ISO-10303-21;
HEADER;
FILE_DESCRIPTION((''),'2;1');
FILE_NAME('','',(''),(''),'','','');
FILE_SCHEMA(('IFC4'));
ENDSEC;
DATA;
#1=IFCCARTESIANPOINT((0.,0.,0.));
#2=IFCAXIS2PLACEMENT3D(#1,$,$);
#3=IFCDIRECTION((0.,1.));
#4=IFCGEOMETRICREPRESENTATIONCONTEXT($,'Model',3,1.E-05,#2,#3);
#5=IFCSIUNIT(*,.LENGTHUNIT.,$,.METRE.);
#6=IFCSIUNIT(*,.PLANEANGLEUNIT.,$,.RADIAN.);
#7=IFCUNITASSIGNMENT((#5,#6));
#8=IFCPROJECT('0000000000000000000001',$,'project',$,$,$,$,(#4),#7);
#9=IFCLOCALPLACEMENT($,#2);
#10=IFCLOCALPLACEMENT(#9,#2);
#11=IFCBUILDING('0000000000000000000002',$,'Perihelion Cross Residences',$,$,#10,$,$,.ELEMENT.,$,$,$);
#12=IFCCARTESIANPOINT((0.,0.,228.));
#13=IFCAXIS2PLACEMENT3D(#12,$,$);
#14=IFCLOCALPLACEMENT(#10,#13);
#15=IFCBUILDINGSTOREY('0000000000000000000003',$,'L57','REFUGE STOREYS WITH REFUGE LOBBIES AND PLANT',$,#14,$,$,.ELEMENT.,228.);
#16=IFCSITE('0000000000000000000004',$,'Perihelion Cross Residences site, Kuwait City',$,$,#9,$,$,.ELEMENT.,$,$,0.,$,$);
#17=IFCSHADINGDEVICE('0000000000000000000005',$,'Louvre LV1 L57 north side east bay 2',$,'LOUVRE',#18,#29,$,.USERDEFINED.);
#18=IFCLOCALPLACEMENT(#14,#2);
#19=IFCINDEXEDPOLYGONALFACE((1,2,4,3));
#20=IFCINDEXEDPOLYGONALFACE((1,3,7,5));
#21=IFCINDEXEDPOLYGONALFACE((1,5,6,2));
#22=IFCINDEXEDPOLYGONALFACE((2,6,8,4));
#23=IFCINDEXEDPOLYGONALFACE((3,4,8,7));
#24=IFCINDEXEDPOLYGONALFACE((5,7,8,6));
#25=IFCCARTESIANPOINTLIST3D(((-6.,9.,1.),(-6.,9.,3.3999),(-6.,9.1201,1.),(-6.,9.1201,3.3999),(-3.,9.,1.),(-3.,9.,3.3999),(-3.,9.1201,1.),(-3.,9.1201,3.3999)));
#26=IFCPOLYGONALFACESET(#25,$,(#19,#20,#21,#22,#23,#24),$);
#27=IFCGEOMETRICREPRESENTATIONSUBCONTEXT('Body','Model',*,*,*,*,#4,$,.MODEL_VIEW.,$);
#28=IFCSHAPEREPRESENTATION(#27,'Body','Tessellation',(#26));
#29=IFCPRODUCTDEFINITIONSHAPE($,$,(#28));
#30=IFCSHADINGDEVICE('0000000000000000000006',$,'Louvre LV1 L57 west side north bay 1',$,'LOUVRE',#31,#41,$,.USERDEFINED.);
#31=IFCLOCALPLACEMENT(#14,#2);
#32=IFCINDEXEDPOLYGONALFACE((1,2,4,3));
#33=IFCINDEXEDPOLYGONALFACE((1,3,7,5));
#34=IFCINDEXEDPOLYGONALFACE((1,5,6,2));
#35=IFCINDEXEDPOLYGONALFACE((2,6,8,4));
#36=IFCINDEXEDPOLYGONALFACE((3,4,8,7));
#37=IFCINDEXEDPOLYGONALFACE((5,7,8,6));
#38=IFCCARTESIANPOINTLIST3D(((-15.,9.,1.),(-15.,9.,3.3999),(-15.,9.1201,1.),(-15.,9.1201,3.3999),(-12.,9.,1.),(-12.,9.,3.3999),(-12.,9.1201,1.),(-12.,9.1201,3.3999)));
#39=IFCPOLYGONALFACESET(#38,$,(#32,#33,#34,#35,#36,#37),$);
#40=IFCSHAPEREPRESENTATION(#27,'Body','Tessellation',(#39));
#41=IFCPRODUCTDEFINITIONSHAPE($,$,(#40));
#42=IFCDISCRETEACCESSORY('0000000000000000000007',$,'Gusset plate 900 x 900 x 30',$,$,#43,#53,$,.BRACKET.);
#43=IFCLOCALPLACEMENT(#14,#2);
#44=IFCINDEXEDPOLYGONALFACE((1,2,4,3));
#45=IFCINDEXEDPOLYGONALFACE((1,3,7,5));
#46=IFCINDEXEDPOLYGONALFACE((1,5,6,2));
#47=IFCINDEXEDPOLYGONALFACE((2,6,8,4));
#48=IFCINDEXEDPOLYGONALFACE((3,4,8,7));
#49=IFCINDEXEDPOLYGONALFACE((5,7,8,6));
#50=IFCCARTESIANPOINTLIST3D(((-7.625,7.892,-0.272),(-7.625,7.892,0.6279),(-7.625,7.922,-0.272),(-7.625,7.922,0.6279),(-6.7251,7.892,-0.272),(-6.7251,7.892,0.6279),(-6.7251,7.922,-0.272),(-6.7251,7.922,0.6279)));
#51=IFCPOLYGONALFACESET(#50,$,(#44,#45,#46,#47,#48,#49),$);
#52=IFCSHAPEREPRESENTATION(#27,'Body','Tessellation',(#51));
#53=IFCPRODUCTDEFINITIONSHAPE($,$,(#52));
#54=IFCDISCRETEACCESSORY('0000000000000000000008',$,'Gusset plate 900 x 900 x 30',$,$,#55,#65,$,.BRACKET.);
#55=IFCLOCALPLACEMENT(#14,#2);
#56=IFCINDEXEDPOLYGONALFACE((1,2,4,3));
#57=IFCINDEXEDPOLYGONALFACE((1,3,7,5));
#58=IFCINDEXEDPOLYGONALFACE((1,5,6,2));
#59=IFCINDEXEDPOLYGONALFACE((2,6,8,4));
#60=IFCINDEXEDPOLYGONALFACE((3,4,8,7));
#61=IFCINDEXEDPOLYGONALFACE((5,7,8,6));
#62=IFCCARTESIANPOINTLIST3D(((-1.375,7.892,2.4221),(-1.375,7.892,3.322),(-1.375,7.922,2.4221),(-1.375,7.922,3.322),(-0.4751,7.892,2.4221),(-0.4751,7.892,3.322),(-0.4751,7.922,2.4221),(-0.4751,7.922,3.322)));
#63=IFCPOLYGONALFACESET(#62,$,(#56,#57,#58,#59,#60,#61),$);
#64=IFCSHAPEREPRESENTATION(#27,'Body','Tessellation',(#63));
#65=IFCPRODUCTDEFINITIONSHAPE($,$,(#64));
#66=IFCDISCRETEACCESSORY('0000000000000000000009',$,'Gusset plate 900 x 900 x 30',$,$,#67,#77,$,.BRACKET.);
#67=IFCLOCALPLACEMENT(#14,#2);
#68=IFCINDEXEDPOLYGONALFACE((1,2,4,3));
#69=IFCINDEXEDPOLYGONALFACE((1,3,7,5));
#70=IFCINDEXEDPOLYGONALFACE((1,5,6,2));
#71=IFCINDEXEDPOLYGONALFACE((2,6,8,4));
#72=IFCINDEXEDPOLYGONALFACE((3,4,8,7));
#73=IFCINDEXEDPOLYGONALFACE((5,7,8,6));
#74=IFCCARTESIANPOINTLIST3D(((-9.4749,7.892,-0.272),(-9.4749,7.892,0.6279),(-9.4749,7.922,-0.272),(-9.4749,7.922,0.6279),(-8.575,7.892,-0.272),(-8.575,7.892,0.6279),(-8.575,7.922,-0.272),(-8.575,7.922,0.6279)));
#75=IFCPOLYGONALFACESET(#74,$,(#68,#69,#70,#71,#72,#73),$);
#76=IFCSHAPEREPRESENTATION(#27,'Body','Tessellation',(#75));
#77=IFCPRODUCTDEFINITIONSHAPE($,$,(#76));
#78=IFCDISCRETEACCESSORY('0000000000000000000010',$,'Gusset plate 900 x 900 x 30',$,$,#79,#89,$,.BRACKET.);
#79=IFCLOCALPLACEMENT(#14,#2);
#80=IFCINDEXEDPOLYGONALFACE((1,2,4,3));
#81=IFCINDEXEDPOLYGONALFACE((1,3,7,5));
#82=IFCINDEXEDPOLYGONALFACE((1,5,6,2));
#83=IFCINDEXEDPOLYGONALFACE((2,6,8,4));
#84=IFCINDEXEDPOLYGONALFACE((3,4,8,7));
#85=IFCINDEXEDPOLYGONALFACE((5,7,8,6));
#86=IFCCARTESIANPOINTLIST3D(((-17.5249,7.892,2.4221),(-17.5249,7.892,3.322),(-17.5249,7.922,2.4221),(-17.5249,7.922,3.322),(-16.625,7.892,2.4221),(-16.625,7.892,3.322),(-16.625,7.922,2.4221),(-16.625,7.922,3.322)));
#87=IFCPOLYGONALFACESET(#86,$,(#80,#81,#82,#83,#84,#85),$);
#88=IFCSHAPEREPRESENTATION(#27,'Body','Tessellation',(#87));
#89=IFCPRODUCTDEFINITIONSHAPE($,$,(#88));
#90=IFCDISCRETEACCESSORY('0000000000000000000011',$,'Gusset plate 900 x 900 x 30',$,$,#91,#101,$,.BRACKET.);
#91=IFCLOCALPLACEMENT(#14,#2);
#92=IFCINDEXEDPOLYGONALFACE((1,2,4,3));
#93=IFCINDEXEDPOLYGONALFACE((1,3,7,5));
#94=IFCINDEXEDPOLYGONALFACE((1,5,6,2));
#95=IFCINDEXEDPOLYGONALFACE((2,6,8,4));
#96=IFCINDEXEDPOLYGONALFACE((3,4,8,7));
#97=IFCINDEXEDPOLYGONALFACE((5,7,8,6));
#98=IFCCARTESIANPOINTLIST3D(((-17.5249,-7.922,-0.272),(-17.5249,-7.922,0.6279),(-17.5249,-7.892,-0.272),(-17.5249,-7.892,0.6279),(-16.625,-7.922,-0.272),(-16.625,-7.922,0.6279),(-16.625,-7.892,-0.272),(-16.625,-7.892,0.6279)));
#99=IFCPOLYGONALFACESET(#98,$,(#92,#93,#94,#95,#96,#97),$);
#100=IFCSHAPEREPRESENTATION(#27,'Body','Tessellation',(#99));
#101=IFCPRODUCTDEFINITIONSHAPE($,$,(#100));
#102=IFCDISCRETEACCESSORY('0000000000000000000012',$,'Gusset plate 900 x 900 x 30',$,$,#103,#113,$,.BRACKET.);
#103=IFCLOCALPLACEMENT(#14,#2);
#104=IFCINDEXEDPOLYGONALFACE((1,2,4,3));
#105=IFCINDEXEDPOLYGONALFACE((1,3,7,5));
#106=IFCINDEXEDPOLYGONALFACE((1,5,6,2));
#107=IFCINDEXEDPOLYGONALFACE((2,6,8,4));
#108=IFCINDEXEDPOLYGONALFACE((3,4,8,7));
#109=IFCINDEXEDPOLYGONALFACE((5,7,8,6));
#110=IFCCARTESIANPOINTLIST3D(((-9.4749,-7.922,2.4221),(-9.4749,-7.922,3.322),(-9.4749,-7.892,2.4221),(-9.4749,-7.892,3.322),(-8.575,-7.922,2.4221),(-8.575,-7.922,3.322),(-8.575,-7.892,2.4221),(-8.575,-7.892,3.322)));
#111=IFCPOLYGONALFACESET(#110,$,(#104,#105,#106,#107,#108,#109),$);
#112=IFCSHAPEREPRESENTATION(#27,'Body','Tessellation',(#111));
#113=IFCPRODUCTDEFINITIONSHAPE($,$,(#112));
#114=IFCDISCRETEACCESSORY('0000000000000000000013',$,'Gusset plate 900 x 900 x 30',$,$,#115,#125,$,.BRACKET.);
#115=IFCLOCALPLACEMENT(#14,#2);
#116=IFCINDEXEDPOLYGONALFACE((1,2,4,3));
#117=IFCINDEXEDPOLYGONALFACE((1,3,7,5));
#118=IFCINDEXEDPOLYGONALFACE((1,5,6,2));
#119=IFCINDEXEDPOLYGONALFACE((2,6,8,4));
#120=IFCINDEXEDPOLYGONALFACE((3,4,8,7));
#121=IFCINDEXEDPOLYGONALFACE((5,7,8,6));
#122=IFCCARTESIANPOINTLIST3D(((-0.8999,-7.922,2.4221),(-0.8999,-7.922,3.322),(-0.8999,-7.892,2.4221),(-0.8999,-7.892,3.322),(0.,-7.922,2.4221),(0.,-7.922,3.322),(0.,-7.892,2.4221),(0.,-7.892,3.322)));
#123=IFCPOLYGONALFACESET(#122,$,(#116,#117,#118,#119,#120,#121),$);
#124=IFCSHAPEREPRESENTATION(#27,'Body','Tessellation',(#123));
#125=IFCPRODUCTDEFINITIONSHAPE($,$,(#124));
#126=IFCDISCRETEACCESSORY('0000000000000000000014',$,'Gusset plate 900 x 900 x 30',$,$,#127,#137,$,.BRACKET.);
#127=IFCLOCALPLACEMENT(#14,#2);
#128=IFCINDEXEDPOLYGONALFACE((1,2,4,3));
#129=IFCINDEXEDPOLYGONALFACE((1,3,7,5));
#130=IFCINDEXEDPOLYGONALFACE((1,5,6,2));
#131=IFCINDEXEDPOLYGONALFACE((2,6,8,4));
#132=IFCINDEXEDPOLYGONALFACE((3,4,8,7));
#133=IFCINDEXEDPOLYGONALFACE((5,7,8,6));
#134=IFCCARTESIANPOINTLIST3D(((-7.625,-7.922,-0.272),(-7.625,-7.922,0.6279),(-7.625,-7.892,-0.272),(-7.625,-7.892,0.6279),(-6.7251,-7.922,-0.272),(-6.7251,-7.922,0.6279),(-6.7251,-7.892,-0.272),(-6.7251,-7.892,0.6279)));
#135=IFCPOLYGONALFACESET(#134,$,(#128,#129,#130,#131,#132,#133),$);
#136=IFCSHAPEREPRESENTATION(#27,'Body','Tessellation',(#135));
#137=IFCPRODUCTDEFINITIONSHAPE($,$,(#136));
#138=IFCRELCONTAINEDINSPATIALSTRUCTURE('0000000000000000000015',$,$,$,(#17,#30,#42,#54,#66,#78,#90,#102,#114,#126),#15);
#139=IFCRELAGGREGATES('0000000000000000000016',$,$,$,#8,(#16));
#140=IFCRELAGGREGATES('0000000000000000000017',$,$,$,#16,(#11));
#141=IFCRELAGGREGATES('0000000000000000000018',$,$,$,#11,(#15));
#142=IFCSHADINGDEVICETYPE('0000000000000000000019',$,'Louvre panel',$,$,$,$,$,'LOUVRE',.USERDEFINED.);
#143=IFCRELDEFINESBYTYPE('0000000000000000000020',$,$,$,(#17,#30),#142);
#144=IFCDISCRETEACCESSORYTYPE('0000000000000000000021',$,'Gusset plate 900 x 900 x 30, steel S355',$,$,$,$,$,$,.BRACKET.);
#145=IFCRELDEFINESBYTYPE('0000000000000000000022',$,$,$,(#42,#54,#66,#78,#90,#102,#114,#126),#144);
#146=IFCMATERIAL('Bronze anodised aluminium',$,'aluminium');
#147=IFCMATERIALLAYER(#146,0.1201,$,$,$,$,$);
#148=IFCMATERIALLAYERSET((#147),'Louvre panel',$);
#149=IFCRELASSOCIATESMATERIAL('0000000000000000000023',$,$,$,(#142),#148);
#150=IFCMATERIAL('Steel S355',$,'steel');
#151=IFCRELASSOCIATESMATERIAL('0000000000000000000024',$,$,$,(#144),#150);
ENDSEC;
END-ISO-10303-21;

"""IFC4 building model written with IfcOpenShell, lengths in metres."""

from ifc_helpers import new_model, si_unit, direction, frame, origin, origin_2d, place, context, subcontext, project, spatial, rectangle, extrude, material, layer, layer_set, type_object, element, save


model = new_model("IFC4")

# Units and contexts
model_context = context("Model", 3, precision=1e-05, world=origin(), true_north=direction((0.0, 1.0)))
body_context = subcontext(model_context, "Body", "Model", "MODEL_VIEW")
ifc_project = project(units=[si_unit("LENGTHUNIT", "METRE"), si_unit("PLANEANGLEUNIT", "RADIAN")], contexts=[model_context])

# Site, building, storey
site_placement = place(None, origin())
site = spatial("IfcSite", under=ifc_project, at=site_placement, Name="Perihelion Cross Residences site, Kuwait City", CompositionType="ELEMENT", RefElevation=0.0)
building_placement = place(site_placement, origin())
building = spatial("IfcBuilding", under=site, at=building_placement, Name="Perihelion Cross Residences", CompositionType="ELEMENT")
storey_placement = place(building_placement, frame((0.0, 0.0, 228.0)))
storey = spatial("IfcBuildingStorey", under=building, at=storey_placement, Name="L57", Description="REFUGE STOREYS WITH REFUGE LOBBIES AND PLANT", CompositionType="ELEMENT", Elevation=228.0)

# Shading devices
ifc_material_1 = material(Name="Bronze anodised aluminium", Category="aluminium")
ifc_layer_1 = layer(ifc_material_1, 0.1201)
ifc_layer_set_1 = layer_set([ifc_layer_1], Name="Louvre panel")
shading_device_type = type_object("IfcShadingDeviceType", Name="Louvre panel", ElementType="LOUVRE", PredefinedType="USERDEFINED", material=ifc_layer_set_1)
for number, where, z_axis, x_axis, name in (
    (1, (-4.5, 9.0601, 1.0), (0.0, 0.0, 1.0), (-1.0, 0.0, 0.0), "Louvre LV1 L57 north side east bay 2"),
    (2, (-13.5, 9.0601, 1.0), (0.0, 0.0, 1.0), (-1.0, 0.0, 0.0), "Louvre LV1 L57 west side north bay 1"),
):
    element("IfcShadingDevice", number, at=place(storey_placement, frame(where, z_axis=z_axis, x_axis=x_axis)), inside=storey, type_object=shading_device_type, Name=name, ObjectType="LOUVRE", PredefinedType="USERDEFINED", context=body_context, shape_type="SweptSolid", body=[
        extrude(rectangle(XDim=3.0, YDim=0.1201, at=origin_2d()), origin(), (0.0, 0.0, 1.0), 2.3999),
    ])

# Discrete accessories
ifc_material_2 = material(Name="Steel S355", Category="steel")
discrete_accessory_type = type_object("IfcDiscreteAccessoryType", Name="Gusset plate 900 x 900 x 30, steel S355", PredefinedType="BRACKET", material=ifc_material_2)
for number, where, z_axis, x_axis, name in (
    (3, (-7.175, 7.907, -0.272), (0.0, 0.0, 1.0), (1.0, 0.0, 0.0), "Gusset plate 900 x 900 x 30"),
    (4, (-0.925, 7.907, 2.4221), (0.0, 0.0, 1.0), (-1.0, 0.0, 0.0), "Gusset plate 900 x 900 x 30"),
    (5, (-9.0249, 7.907, -0.272), (0.0, 0.0, 1.0), (-1.0, 0.0, 0.0), "Gusset plate 900 x 900 x 30"),
    (6, (-17.075, 7.907, 2.4221), (0.0, 0.0, 1.0), (1.0, 0.0, 0.0), "Gusset plate 900 x 900 x 30"),
    (7, (-17.075, -7.907, -0.272), (0.0, 0.0, 1.0), (1.0, 0.0, 0.0), "Gusset plate 900 x 900 x 30"),
    (8, (-9.0249, -7.907, 2.4221), (0.0, 0.0, 1.0), (-1.0, 0.0, 0.0), "Gusset plate 900 x 900 x 30"),
    (9, (-0.45, -7.907, 2.4221), (0.0, 0.0, 1.0), (-1.0, 0.0, 0.0), "Gusset plate 900 x 900 x 30"),
    (10, (-7.175, -7.907, -0.272), (0.0, 0.0, 1.0), (1.0, 0.0, 0.0), "Gusset plate 900 x 900 x 30"),
):
    element("IfcDiscreteAccessory", number, at=place(storey_placement, frame(where, z_axis=z_axis, x_axis=x_axis)), inside=storey, type_object=discrete_accessory_type, Name=name, PredefinedType="BRACKET", context=body_context, shape_type="SweptSolid", body=[
        extrude(rectangle(XDim=0.8999, YDim=0.03, at=origin_2d()), origin(), (0.0, 0.0, 1.0), 0.8999),
    ])

save(model, "model.ifc")
